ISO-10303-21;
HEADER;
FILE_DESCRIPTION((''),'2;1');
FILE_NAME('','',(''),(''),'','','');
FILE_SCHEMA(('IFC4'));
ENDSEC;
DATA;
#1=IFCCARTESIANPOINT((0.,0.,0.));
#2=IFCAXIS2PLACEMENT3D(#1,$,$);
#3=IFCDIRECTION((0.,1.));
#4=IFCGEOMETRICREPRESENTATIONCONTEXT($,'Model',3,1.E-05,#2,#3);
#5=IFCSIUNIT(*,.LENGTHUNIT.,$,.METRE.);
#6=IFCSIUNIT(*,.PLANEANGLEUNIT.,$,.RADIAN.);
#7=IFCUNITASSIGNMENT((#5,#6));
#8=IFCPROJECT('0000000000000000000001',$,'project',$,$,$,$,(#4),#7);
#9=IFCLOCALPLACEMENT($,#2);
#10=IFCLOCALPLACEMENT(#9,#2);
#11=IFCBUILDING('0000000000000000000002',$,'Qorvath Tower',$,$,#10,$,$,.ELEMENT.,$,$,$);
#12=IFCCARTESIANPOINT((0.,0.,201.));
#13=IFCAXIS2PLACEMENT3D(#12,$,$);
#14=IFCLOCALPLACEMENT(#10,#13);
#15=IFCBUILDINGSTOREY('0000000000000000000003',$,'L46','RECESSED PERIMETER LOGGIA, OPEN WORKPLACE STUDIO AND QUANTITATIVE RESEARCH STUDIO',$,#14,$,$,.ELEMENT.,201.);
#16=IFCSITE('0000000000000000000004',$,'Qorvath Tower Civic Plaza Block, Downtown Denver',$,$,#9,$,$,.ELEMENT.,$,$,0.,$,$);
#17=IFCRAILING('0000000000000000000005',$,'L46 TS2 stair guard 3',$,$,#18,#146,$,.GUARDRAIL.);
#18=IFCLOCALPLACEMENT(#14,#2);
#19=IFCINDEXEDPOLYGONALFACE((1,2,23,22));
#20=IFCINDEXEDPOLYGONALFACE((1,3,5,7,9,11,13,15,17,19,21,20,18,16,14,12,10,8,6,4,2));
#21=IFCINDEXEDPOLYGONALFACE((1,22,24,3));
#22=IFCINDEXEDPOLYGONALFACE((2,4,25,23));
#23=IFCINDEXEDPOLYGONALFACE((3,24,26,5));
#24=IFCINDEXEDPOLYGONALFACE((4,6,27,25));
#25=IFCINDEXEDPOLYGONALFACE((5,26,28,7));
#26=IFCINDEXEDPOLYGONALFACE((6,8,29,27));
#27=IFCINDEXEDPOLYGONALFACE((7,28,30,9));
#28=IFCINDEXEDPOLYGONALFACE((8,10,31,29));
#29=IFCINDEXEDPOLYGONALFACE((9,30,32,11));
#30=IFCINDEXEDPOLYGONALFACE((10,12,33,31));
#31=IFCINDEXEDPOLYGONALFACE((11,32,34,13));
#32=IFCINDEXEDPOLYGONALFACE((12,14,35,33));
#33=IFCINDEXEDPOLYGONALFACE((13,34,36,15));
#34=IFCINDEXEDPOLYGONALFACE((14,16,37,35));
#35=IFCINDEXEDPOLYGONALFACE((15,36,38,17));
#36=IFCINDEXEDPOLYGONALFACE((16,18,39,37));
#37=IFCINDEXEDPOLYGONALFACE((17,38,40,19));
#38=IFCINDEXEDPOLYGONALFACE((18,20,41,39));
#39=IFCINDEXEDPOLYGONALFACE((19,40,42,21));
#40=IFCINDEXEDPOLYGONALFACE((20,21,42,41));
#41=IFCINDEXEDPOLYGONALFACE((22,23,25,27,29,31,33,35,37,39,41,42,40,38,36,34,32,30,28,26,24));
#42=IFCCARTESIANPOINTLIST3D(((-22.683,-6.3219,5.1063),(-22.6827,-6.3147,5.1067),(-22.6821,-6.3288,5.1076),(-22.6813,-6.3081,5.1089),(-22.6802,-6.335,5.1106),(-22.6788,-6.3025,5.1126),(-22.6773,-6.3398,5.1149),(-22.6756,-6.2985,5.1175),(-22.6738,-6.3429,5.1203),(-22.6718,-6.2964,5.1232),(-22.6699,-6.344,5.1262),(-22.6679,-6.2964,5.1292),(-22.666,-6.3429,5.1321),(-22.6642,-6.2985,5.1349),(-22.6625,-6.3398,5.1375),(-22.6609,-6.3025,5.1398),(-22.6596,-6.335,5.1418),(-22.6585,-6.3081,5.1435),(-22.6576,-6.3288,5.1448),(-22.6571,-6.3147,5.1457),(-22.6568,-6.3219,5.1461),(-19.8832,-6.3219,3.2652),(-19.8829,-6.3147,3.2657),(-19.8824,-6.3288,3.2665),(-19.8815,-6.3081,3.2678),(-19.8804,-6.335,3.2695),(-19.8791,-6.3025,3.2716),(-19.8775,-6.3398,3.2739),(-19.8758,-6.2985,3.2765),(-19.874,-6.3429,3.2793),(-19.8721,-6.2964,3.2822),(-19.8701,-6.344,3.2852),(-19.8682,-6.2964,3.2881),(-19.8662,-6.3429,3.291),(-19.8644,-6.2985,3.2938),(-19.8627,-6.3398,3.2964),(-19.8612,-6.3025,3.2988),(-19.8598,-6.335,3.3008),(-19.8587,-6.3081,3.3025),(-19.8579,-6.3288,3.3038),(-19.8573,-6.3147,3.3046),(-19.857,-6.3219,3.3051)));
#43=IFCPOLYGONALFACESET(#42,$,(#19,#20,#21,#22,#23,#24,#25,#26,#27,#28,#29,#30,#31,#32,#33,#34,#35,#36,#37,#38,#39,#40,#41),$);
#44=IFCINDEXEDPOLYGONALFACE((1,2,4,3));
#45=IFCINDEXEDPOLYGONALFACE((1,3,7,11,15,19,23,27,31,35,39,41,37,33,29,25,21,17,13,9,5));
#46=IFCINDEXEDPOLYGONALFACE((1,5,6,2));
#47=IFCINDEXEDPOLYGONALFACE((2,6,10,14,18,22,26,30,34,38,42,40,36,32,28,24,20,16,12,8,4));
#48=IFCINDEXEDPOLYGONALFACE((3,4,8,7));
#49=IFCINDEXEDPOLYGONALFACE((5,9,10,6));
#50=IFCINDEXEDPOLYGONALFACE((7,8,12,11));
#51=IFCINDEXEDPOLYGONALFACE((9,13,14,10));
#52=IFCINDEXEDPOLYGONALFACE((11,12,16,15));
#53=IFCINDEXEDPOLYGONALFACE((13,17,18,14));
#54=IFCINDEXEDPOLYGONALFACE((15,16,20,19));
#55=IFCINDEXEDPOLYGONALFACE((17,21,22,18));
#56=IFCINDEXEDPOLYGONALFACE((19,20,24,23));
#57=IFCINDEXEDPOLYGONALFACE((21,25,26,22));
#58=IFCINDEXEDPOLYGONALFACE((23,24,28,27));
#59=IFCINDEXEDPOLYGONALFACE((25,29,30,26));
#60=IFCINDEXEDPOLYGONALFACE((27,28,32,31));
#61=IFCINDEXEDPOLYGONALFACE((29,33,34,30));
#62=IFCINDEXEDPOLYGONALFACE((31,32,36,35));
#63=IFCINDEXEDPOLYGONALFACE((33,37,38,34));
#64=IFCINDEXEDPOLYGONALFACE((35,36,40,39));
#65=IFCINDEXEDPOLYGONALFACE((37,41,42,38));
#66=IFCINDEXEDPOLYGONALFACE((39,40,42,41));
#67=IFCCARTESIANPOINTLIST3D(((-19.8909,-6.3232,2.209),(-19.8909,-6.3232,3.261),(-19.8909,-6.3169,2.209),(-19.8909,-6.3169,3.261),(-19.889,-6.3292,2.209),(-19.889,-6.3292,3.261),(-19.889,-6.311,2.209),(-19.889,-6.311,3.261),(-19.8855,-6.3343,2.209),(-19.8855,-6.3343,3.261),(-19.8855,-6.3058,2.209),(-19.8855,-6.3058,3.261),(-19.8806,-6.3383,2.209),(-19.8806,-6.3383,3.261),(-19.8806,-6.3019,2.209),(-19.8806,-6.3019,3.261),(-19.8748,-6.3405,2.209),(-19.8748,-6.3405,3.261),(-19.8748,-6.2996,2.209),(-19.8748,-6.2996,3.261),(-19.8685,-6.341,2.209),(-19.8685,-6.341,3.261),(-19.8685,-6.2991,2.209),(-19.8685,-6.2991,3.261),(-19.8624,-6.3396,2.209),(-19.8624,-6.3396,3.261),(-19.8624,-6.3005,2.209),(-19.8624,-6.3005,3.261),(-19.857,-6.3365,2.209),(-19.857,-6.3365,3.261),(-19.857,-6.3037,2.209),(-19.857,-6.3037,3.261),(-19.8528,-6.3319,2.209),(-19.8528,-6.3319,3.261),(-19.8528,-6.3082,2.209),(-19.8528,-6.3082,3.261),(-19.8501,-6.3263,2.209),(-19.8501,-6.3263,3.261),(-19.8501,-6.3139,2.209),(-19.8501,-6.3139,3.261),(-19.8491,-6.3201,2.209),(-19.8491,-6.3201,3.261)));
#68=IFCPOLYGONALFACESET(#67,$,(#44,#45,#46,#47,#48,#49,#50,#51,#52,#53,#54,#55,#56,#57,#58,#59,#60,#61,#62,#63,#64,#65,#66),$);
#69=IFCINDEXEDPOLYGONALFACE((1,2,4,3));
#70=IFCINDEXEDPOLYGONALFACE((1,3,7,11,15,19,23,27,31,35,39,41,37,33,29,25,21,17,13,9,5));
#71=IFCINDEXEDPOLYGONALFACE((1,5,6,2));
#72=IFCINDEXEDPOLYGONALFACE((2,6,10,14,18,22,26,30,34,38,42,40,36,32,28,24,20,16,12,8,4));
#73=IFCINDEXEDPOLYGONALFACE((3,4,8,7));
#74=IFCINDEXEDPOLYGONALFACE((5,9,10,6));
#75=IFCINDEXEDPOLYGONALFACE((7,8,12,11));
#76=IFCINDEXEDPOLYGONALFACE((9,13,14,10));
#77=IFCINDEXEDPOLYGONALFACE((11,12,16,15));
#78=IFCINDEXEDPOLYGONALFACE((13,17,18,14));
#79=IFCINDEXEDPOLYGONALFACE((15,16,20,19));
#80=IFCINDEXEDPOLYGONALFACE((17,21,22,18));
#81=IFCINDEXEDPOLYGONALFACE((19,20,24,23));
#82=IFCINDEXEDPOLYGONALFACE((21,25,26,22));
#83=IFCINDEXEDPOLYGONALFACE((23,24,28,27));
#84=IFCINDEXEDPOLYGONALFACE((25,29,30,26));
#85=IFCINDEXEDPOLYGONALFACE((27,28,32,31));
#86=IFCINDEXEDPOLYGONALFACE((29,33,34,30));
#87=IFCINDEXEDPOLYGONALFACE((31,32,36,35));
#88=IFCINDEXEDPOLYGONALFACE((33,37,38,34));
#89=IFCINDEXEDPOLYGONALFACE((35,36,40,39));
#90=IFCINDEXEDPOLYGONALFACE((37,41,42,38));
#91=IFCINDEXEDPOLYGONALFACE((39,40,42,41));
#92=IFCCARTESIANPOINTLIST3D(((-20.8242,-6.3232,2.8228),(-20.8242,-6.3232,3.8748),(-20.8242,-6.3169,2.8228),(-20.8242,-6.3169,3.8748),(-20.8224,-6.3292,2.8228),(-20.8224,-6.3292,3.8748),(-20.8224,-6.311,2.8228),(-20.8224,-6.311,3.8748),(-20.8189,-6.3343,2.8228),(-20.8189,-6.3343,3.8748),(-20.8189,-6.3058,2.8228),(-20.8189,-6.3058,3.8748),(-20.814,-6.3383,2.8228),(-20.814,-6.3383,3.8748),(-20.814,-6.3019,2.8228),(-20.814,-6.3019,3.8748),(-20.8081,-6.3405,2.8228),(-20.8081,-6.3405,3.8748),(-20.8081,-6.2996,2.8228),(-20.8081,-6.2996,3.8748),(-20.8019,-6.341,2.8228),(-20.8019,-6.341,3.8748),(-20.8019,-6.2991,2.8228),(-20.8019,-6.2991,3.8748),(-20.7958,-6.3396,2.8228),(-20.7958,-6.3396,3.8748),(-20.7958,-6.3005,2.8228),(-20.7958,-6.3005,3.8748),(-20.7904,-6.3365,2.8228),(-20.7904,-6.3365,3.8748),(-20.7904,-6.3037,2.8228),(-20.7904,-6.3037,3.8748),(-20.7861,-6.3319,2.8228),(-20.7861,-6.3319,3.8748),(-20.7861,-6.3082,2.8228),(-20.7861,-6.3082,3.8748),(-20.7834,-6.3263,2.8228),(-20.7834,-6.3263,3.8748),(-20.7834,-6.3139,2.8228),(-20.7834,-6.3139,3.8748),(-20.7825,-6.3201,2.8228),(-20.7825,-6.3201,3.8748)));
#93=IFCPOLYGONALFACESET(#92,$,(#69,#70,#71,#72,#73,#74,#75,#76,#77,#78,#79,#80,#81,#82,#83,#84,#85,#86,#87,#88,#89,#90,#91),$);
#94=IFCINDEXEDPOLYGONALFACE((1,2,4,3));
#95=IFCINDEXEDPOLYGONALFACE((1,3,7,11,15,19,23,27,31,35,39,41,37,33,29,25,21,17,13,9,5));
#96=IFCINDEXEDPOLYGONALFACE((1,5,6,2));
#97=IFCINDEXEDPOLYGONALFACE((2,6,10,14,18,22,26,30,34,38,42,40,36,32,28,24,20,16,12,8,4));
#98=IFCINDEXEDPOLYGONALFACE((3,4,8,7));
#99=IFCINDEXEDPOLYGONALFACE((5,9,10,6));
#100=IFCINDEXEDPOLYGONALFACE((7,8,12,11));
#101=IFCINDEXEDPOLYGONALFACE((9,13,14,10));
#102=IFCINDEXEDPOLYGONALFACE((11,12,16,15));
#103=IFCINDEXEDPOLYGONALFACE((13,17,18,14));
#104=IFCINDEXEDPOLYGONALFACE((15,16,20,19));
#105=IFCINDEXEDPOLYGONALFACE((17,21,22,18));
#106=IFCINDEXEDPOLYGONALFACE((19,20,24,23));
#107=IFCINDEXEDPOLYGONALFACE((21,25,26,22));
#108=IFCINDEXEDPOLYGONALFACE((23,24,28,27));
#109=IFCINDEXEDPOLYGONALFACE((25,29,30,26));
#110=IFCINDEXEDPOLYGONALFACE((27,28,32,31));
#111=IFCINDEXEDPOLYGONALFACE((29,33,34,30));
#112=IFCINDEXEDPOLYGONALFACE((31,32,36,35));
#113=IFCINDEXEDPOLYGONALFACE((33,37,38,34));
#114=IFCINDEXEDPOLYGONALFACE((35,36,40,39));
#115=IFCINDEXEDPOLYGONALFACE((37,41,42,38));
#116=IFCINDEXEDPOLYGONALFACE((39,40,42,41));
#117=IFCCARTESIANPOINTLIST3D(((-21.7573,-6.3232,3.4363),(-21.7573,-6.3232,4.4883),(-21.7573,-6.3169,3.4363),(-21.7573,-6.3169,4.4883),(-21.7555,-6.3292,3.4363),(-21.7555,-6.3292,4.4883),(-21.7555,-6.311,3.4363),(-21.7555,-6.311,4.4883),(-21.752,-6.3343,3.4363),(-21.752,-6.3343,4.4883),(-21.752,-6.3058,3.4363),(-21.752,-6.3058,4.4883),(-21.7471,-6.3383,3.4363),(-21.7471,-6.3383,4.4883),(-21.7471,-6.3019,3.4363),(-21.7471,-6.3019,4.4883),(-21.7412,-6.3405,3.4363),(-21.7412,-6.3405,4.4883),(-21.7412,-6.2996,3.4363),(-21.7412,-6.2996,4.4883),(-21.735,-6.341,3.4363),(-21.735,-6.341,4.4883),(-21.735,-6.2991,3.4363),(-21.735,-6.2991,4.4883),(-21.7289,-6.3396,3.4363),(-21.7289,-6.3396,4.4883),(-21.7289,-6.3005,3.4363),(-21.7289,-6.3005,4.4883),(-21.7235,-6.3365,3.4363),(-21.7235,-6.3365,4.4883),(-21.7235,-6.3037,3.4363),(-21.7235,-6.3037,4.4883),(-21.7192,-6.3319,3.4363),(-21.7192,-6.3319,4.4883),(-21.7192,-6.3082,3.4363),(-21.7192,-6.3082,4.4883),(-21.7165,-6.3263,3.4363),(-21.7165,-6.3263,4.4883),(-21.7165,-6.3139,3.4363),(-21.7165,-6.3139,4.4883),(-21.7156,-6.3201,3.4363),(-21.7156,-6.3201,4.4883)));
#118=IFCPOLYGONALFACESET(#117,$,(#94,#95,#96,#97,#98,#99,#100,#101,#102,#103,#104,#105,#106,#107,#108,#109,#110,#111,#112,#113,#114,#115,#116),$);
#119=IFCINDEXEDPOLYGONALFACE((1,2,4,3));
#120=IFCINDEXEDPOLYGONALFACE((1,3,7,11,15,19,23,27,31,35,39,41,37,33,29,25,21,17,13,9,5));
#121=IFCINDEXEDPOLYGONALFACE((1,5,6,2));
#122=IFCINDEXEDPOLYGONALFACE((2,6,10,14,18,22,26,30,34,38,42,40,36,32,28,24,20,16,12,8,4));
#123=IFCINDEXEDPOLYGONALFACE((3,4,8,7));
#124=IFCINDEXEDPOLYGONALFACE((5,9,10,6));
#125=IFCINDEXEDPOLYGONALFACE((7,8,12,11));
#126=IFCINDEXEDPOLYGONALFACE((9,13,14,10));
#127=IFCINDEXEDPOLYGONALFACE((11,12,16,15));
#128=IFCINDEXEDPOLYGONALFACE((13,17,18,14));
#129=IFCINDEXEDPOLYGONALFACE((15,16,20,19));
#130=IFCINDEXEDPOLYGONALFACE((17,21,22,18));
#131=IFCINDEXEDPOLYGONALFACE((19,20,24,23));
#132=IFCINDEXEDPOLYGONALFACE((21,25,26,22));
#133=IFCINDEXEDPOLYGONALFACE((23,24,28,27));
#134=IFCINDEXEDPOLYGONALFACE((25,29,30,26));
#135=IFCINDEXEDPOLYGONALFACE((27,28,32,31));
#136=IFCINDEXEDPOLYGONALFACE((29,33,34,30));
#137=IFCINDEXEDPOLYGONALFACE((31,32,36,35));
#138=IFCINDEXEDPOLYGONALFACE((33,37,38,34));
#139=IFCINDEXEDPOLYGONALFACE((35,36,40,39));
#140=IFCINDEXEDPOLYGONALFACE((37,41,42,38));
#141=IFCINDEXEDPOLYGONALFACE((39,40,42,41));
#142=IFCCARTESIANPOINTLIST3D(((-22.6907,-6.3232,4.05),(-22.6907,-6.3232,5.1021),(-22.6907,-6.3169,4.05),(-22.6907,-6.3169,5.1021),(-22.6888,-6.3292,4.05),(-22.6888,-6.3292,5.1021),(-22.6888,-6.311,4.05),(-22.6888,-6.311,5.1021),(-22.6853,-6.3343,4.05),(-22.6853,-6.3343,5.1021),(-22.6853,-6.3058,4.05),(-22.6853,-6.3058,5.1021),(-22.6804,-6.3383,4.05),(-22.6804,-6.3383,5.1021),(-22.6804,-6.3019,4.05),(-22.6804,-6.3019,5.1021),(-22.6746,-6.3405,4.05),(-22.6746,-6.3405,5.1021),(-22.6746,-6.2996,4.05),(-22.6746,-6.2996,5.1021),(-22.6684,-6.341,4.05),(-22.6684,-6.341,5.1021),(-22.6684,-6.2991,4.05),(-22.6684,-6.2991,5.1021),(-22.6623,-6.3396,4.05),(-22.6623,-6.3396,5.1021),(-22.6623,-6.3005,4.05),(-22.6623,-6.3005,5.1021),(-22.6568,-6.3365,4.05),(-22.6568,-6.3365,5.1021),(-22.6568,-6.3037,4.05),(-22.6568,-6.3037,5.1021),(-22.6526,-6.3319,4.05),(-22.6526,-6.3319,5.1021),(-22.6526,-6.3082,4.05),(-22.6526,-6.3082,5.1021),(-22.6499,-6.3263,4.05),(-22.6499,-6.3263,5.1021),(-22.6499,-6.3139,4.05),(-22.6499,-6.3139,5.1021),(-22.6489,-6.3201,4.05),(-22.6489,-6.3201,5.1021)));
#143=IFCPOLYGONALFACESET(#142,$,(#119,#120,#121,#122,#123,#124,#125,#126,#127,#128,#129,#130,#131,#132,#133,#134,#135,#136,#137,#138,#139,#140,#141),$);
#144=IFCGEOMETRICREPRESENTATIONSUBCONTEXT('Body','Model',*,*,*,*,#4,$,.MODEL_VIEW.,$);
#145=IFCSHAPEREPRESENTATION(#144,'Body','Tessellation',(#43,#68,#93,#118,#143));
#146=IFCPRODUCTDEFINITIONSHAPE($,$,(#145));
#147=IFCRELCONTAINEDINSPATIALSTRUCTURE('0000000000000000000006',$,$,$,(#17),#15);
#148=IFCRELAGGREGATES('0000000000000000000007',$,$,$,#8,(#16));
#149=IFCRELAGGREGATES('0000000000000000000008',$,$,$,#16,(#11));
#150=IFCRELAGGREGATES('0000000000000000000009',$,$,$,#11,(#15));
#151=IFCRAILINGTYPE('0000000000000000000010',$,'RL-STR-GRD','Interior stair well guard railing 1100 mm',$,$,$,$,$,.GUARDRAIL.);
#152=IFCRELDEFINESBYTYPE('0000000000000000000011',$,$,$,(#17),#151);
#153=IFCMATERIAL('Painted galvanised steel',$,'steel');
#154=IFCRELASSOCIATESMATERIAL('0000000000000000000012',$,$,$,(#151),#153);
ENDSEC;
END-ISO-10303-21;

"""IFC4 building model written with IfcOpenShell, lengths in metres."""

from ifc_helpers import new_model, si_unit, direction, frame, origin, origin_2d, place, context, subcontext, project, spatial, circle, extrude, material, type_object, element, save


model = new_model("IFC4")

# Units and contexts
model_context = context("Model", 3, precision=1e-05, world=origin(), true_north=direction((0.0, 1.0)))
body_context = subcontext(model_context, "Body", "Model", "MODEL_VIEW")
ifc_project = project(units=[si_unit("LENGTHUNIT", "METRE"), si_unit("PLANEANGLEUNIT", "RADIAN")], contexts=[model_context])

# Site, building, storey
site_placement = place(None, origin())
site = spatial("IfcSite", under=ifc_project, at=site_placement, Name="Qorvath Tower Civic Plaza Block, Downtown Denver", CompositionType="ELEMENT", RefElevation=0.0)
building_placement = place(site_placement, origin())
building = spatial("IfcBuilding", under=site, at=building_placement, Name="Qorvath Tower", CompositionType="ELEMENT")
storey_placement = place(building_placement, frame((0.0, 0.0, 201.0)))
storey = spatial("IfcBuildingStorey", under=building, at=storey_placement, Name="L46", Description="RECESSED PERIMETER LOGGIA, OPEN WORKPLACE STUDIO AND QUANTITATIVE RESEARCH STUDIO", CompositionType="ELEMENT", Elevation=201.0)

# Railing
ifc_material_1 = material(Name="Painted galvanised steel", Category="steel")
railing_type_1 = type_object("IfcRailingType", Name="RL-STR-GRD", Description="Interior stair well guard railing 1100 mm", PredefinedType="GUARDRAIL", material=ifc_material_1)
railing_1_placement = place(storey_placement, frame((-19.8701, -6.3201, 2.209)))
element("IfcRailing", 1, at=railing_1_placement, inside=storey, type_object=railing_type_1, Name="L46 TS2 stair guard 3", PredefinedType="GUARDRAIL", context=body_context, shape_type="SweptSolid", body=[
    extrude(circle(Radius=0.0239, at=origin_2d()), frame((0.0, 0.0, 1.0762), z_axis=(-0.835542, 0.0, 0.549426), x_axis=(0.0, -1.0, 0.0)), (0.0, 0.0, 1.0), 3.3508),
    extrude(circle(Radius=0.021, at=origin_2d()), origin(), (0.0, 0.0, 1.0), 1.052),
    extrude(circle(Radius=0.021, at=origin_2d()), frame((-0.9333, 0.0, 0.6138)), (0.0, 0.0, 1.0), 1.052),
    extrude(circle(Radius=0.021, at=origin_2d()), frame((-1.8665, 0.0, 1.2273)), (0.0, 0.0, 1.0), 1.052),
    extrude(circle(Radius=0.021, at=origin_2d()), frame((-2.7998, 0.0, 1.8411)), (0.0, 0.0, 1.0), 1.052),
])

save(model, "model.ifc")
